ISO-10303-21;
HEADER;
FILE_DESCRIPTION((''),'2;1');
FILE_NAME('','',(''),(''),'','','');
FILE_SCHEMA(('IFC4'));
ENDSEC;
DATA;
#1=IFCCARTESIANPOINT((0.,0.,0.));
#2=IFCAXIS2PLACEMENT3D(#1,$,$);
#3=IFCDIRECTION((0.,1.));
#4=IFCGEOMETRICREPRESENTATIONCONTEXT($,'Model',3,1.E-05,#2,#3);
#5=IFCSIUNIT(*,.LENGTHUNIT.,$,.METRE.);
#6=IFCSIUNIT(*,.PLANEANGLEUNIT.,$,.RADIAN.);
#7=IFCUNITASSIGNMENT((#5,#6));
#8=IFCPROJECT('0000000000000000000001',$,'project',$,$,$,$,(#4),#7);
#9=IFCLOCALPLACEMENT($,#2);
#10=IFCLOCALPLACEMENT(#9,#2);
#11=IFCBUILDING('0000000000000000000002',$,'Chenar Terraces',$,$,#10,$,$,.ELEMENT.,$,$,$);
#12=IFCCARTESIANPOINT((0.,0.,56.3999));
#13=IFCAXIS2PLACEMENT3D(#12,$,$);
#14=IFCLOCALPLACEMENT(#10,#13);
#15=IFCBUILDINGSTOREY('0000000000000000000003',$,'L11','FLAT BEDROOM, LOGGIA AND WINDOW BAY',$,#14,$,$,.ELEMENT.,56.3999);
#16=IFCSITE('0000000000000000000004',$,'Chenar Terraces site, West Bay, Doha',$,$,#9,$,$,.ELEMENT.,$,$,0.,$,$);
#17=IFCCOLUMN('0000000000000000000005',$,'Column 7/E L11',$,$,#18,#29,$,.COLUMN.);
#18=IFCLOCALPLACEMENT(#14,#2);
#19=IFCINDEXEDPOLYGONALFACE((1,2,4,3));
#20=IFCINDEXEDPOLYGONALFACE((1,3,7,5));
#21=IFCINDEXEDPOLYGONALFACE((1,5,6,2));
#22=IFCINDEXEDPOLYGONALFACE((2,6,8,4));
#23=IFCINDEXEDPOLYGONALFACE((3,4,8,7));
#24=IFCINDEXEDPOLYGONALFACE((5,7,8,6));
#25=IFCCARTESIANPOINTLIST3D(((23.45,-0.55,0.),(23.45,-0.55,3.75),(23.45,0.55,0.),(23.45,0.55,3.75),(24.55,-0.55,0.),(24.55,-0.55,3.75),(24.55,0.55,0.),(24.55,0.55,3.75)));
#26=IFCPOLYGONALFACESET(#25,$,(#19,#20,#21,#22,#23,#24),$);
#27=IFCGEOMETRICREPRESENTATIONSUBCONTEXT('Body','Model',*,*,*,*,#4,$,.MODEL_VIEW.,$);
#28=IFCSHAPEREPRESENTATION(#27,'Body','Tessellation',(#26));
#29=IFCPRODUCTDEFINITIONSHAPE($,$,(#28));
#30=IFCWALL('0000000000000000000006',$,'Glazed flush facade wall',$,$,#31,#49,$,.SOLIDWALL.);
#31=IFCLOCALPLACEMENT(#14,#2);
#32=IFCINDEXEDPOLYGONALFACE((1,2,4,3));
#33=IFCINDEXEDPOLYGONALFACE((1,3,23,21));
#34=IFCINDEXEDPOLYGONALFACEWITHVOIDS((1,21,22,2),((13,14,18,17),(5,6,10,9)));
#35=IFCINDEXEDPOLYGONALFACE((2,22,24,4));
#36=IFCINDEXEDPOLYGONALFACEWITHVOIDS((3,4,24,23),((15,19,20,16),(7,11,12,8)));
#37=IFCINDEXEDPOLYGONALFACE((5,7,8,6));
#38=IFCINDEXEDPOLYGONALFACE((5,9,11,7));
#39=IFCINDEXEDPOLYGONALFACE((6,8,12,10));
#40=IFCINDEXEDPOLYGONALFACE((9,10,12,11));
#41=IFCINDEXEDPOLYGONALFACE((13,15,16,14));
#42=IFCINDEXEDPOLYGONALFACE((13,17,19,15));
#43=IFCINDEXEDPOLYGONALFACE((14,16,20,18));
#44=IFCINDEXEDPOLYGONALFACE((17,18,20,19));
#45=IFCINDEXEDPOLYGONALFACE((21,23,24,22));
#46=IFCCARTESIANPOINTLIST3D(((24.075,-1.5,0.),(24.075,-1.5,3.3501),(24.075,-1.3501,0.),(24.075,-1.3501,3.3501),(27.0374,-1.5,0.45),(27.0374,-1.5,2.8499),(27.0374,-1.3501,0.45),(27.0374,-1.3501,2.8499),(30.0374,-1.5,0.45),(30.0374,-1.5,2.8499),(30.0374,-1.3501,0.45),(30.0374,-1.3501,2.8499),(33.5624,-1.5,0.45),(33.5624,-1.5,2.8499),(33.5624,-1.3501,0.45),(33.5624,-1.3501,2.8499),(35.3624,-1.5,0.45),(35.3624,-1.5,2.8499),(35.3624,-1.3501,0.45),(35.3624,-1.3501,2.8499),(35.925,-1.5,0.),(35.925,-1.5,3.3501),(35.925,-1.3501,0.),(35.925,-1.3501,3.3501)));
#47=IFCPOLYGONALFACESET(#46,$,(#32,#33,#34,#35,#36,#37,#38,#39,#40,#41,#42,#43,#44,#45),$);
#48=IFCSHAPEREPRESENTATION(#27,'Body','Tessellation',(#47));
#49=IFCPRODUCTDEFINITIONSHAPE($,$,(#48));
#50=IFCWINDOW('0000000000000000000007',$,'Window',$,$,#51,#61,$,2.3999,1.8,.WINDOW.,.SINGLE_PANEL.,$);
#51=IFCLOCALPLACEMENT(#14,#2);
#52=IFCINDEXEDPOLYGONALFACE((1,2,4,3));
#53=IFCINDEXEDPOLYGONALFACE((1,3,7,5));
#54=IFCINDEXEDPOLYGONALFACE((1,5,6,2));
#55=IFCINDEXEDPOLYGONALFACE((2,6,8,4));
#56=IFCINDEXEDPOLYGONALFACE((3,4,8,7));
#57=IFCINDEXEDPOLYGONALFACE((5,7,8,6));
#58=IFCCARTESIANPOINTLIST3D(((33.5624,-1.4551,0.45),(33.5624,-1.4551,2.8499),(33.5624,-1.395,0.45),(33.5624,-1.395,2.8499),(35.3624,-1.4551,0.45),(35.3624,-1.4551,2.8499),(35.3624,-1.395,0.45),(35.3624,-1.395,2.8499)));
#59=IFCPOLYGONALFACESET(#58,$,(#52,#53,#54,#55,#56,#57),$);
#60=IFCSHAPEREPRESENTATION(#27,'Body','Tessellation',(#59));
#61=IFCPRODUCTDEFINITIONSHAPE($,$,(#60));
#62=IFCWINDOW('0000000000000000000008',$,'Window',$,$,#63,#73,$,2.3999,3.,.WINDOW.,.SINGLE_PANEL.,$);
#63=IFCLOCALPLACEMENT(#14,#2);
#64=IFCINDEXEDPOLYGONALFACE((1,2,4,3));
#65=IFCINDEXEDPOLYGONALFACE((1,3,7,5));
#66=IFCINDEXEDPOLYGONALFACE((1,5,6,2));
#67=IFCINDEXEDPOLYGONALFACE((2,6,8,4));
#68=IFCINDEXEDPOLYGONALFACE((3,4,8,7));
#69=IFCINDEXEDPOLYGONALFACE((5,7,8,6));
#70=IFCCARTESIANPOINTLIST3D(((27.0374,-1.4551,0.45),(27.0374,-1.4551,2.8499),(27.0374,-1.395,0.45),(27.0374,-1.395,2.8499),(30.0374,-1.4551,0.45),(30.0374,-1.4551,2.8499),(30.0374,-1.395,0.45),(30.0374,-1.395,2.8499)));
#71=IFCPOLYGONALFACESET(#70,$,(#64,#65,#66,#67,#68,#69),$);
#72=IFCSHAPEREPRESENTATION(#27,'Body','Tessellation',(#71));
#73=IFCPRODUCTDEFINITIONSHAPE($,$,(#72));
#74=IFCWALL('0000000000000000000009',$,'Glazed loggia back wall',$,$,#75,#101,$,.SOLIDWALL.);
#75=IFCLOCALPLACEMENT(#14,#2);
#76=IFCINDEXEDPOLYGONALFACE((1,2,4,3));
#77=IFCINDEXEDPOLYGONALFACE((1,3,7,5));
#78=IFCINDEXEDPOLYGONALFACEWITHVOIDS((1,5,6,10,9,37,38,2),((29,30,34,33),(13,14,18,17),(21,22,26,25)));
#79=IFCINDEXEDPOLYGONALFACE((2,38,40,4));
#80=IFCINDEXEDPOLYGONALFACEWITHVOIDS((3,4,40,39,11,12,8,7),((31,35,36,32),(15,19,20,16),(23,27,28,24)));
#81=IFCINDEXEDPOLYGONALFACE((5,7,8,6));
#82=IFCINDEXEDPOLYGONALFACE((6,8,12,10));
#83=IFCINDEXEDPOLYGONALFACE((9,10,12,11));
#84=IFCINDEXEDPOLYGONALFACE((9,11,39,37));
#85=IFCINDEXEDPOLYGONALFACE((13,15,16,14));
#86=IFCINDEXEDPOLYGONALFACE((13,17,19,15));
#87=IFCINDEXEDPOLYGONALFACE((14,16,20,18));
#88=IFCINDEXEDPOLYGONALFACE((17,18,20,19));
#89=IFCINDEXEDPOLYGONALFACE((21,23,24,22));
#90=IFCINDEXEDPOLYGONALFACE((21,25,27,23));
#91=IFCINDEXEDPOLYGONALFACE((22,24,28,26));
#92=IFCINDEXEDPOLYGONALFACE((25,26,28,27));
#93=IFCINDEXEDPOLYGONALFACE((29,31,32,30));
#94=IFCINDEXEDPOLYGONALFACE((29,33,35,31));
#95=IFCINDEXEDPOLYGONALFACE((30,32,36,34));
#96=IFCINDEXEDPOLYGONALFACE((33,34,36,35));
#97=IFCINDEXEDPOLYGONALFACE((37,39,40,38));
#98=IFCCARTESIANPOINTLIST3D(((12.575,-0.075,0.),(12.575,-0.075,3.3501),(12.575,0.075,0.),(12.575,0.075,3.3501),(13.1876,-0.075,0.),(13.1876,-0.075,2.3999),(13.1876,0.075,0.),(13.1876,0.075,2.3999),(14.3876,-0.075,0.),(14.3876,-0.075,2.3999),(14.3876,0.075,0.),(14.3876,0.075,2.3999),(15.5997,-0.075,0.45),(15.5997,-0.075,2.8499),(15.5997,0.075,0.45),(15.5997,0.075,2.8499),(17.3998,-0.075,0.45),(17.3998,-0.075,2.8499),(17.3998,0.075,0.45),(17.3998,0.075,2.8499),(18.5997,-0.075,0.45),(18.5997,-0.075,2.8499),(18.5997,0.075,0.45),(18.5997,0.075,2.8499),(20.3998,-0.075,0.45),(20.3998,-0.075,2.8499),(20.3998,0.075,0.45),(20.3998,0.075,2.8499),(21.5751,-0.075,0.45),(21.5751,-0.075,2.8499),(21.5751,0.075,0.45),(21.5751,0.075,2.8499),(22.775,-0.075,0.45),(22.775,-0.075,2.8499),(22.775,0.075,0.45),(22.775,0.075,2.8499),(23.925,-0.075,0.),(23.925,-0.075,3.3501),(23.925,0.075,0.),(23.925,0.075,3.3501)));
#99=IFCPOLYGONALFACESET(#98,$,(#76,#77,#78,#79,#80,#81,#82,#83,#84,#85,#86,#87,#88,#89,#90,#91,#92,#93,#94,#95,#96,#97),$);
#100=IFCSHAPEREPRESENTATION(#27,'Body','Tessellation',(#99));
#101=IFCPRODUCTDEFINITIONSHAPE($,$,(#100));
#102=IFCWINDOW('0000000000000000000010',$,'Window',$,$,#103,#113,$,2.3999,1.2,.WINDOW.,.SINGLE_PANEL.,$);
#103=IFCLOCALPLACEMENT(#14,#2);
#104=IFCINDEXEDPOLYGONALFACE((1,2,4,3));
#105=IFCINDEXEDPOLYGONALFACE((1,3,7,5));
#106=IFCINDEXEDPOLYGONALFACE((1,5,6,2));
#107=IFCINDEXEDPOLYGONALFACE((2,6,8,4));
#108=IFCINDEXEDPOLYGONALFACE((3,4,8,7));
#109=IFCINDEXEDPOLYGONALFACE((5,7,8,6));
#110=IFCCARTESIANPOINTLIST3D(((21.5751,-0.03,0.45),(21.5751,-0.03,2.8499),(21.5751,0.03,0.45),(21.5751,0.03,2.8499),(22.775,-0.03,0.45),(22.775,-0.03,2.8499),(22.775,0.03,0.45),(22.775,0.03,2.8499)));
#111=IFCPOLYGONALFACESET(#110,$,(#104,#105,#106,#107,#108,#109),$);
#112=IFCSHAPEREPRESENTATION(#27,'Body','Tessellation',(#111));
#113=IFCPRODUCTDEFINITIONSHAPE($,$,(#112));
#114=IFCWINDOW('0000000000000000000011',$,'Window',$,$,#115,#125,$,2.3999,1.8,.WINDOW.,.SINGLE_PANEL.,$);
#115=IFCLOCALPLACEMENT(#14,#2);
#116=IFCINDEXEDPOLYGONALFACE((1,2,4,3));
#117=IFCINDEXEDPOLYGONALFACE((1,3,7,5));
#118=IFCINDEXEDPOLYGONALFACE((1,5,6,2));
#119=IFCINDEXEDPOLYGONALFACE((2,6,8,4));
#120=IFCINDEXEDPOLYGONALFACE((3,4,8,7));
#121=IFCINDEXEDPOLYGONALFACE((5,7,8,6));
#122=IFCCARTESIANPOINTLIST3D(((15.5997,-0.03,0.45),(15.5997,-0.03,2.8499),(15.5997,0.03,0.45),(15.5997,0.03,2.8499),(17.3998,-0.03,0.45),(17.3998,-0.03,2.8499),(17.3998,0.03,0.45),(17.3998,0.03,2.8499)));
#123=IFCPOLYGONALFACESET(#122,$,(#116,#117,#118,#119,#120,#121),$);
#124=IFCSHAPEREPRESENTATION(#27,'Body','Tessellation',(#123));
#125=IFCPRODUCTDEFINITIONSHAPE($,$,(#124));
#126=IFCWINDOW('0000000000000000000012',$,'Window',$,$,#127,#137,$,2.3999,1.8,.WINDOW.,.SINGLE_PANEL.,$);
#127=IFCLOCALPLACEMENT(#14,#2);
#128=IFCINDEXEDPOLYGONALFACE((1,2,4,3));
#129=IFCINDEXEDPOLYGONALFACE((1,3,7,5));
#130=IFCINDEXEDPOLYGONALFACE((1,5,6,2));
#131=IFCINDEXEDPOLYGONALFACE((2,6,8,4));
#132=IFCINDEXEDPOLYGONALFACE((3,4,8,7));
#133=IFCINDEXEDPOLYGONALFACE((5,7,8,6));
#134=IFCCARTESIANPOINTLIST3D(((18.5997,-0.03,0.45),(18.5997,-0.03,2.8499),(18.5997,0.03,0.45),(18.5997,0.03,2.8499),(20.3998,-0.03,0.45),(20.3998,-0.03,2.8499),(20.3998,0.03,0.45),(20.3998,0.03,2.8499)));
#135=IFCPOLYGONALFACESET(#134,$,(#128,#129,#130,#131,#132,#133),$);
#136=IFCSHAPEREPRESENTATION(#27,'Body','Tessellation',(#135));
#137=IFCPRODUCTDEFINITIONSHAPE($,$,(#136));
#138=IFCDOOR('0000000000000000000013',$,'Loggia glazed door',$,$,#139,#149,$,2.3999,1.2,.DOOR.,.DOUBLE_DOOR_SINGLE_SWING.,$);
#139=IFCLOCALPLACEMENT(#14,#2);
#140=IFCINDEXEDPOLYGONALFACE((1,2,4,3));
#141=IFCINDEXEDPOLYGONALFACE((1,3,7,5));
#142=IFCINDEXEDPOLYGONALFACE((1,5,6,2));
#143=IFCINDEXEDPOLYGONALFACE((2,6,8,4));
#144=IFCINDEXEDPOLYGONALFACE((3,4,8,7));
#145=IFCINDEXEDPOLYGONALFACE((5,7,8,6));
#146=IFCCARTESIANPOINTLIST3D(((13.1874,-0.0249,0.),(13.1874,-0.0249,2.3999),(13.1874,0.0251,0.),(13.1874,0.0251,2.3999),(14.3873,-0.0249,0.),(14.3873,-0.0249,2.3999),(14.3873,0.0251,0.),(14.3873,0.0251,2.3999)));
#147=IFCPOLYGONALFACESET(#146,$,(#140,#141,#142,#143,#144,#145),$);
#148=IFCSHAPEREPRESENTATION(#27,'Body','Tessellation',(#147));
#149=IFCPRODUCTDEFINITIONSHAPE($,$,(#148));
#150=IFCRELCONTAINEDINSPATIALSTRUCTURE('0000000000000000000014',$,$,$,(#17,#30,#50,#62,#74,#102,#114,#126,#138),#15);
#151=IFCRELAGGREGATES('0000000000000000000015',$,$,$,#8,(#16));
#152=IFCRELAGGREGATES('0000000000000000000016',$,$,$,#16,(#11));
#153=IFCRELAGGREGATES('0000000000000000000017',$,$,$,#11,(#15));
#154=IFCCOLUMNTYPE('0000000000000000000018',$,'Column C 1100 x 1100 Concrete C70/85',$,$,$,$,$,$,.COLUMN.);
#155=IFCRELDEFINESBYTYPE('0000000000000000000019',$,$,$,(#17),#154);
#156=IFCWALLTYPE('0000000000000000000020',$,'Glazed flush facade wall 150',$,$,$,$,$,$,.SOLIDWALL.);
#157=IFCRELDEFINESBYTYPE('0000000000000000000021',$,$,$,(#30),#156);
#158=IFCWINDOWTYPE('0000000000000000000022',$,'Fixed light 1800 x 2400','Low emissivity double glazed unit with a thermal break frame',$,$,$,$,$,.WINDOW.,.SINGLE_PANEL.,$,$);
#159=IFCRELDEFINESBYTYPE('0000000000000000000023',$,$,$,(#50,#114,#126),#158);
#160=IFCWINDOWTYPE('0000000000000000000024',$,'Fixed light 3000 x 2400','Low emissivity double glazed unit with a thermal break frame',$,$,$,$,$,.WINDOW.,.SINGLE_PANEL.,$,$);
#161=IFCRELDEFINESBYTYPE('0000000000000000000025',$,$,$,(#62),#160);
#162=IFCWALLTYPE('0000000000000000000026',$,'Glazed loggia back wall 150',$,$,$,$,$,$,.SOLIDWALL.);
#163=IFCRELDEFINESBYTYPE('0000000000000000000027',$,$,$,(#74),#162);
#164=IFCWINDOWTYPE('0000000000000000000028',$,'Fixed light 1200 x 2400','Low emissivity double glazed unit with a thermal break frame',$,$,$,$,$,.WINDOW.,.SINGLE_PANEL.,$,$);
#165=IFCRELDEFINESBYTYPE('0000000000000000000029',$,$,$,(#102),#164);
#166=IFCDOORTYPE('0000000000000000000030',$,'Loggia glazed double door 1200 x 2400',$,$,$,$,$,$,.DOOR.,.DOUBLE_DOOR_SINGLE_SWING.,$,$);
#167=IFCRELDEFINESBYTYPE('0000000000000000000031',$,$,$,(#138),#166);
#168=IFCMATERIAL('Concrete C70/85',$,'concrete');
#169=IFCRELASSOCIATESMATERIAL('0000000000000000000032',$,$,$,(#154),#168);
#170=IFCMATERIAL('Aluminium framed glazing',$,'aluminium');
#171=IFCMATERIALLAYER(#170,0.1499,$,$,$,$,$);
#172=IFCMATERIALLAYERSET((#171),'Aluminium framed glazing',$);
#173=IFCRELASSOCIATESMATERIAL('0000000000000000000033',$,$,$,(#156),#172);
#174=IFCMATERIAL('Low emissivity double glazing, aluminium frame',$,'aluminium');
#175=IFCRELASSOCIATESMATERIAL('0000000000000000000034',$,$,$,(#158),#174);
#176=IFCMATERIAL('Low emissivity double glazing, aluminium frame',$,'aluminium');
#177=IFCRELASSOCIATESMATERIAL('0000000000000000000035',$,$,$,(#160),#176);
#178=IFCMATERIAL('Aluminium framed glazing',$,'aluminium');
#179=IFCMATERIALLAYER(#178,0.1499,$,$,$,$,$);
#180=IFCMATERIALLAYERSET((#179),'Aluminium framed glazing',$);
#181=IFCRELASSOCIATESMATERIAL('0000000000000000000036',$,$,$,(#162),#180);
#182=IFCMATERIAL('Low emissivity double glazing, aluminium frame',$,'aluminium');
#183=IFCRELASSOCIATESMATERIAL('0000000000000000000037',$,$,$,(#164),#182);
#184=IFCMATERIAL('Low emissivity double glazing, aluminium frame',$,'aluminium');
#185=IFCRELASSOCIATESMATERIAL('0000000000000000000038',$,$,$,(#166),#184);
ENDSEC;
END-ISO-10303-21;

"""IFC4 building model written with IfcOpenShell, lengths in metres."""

from ifc_helpers import new_model, si_unit, direction, frame, frame_2d, origin, origin_2d, place, context, subcontext, project, spatial, rectangle, extrude, material, layer, layer_set, material_profile, profile_set, type_object, element, fill, save


model = new_model("IFC4")

# Units and contexts
model_context = context("Model", 3, precision=1e-05, world=origin(), true_north=direction((0.0, 1.0)))
body_context = subcontext(model_context, "Body", "Model", "MODEL_VIEW")
ifc_project = project(units=[si_unit("LENGTHUNIT", "METRE"), si_unit("PLANEANGLEUNIT", "RADIAN")], contexts=[model_context])

# Site, building, storey
site_placement = place(None, origin())
site = spatial("IfcSite", under=ifc_project, at=site_placement, Name="Chenar Terraces site, West Bay, Doha", CompositionType="ELEMENT", RefElevation=0.0)
building_placement = place(site_placement, origin())
building = spatial("IfcBuilding", under=site, at=building_placement, Name="Chenar Terraces", CompositionType="ELEMENT")
storey_placement = place(building_placement, frame((0.0, 0.0, 56.3999)))
storey = spatial("IfcBuildingStorey", under=building, at=storey_placement, Name="L11", Description="FLAT BEDROOM, LOGGIA AND WINDOW BAY", CompositionType="ELEMENT", Elevation=56.3999)

# Column
ifc_material_1 = material(Name="Concrete C70/85", Category="concrete")
ifc_material_profile_1 = material_profile(ifc_material_1, rectangle(XDim=1.1001, YDim=1.1001, at=origin_2d()), Name="C 1100 x 1100")
ifc_profile_set_1 = profile_set([ifc_material_profile_1], Name="Concrete C70/85")
column_type = type_object("IfcColumnType", Name="Column C 1100 x 1100 Concrete C70/85", PredefinedType="COLUMN", material=ifc_profile_set_1)
column_placement = place(storey_placement, frame((24.0, 0.0, 0.0), z_axis=(0.0, 0.0, 1.0), x_axis=(1.0, 0.0, 0.0)))
element("IfcColumn", 1, at=column_placement, inside=storey, type_object=column_type, Name="Column 7/E L11", PredefinedType="COLUMN", context=body_context, shape_type="SweptSolid", body=[
    extrude(rectangle(XDim=1.1001, YDim=1.1001, at=origin_2d()), origin(), (0.0, 0.0, 1.0), 3.75),
])

# Wall, openings, windows
ifc_material_2 = material(Name="Aluminium framed glazing", Category="aluminium")
ifc_layer_1 = layer(ifc_material_2, 0.1499)
ifc_layer_set_1 = layer_set([ifc_layer_1], Name="Aluminium framed glazing")
wall_type_1 = type_object("IfcWallType", Name="Glazed flush facade wall 150", PredefinedType="SOLIDWALL", material=ifc_layer_set_1)
wall_1_placement = place(storey_placement, frame((24.075, -1.425, 0.0), z_axis=(0.0, 0.0, 1.0), x_axis=(1.0, 0.0, 0.0)))
wall_1 = element("IfcWall", 2, at=wall_1_placement, inside=storey, type_object=wall_type_1, Name="Glazed flush facade wall", PredefinedType="SOLIDWALL", context=body_context, shape_type="SweptSolid", body=[
    extrude(rectangle(XDim=11.8501, YDim=0.1499, at=frame_2d((5.925, 0.0))), origin(), (0.0, 0.0, 1.0), 3.3501),
])
opening_1_placement = place(wall_1_placement, frame((2.9624, 0.0, 0.45)))
opening_1 = element("IfcOpeningElement", 3, at=opening_1_placement, cuts=wall_1, PredefinedType="OPENING", context=body_context, shape_type="SweptSolid", body=[
    extrude(rectangle(XDim=3.0, YDim=2.3999, at=frame_2d((1.5, 1.2))), frame((0.0, 0.085, 0.0), z_axis=(0.0, -1.0, 0.0), x_axis=(1.0, 0.0, 0.0)), (0.0, 0.0, 1.0), 0.1699),
])
opening_2_placement = place(wall_1_placement, frame((9.4875, 0.0, 0.45)))
opening_2 = element("IfcOpeningElement", 4, at=opening_2_placement, cuts=wall_1, PredefinedType="OPENING", context=body_context, shape_type="SweptSolid", body=[
    extrude(rectangle(XDim=1.8, YDim=2.3999, at=frame_2d((0.8999, 1.2))), frame((0.0, 0.085, 0.0), z_axis=(0.0, -1.0, 0.0), x_axis=(1.0, 0.0, 0.0)), (0.0, 0.0, 1.0), 0.1699),
])
ifc_material_3 = material(Name="Low emissivity double glazing, aluminium frame", Category="aluminium")
window_type_1 = type_object("IfcWindowType", Name="Fixed light 1800 x 2400", Description="Low emissivity double glazed unit with a thermal break frame", PartitioningType="SINGLE_PANEL", PredefinedType="WINDOW", material=ifc_material_3)
window_1_placement = place(opening_2_placement, origin())
window_1 = element("IfcWindow", 5, at=window_1_placement, inside=storey, type_object=window_type_1, Name="Window", OverallHeight=2.3999, OverallWidth=1.8, PartitioningType="SINGLE_PANEL", PredefinedType="WINDOW", context=body_context, shape_type="SweptSolid", body=[
    extrude(rectangle(XDim=1.8, YDim=2.3999, at=frame_2d((0.8999, 1.2))), frame((0.0, 0.03, 0.0), z_axis=(0.0, -1.0, 0.0), x_axis=(1.0, 0.0, 0.0)), (0.0, 0.0, 1.0), 0.0601),
])
fill(opening_2, window_1)
ifc_material_4 = material(Name="Low emissivity double glazing, aluminium frame", Category="aluminium")
window_type_2 = type_object("IfcWindowType", Name="Fixed light 3000 x 2400", Description="Low emissivity double glazed unit with a thermal break frame", PartitioningType="SINGLE_PANEL", PredefinedType="WINDOW", material=ifc_material_4)
window_2_placement = place(opening_1_placement, origin())
window_2 = element("IfcWindow", 6, at=window_2_placement, inside=storey, type_object=window_type_2, Name="Window", OverallHeight=2.3999, OverallWidth=3.0, PartitioningType="SINGLE_PANEL", PredefinedType="WINDOW", context=body_context, shape_type="SweptSolid", body=[
    extrude(rectangle(XDim=3.0, YDim=2.3999, at=frame_2d((1.5, 1.2))), frame((0.0, 0.03, 0.0), z_axis=(0.0, -1.0, 0.0), x_axis=(1.0, 0.0, 0.0)), (0.0, 0.0, 1.0), 0.0601),
])
fill(opening_1, window_2)

# Wall, openings, windows, door
ifc_material_5 = material(Name="Aluminium framed glazing", Category="aluminium")
ifc_layer_2 = layer(ifc_material_5, 0.1499)
ifc_layer_set_2 = layer_set([ifc_layer_2], Name="Aluminium framed glazing")
wall_type_2 = type_object("IfcWallType", Name="Glazed loggia back wall 150", PredefinedType="SOLIDWALL", material=ifc_layer_set_2)
wall_2_placement = place(storey_placement, frame((12.575, 0.0, 0.0), z_axis=(0.0, 0.0, 1.0), x_axis=(1.0, 0.0, 0.0)))
wall_2 = element("IfcWall", 7, at=wall_2_placement, inside=storey, type_object=wall_type_2, Name="Glazed loggia back wall", PredefinedType="SOLIDWALL", context=body_context, shape_type="SweptSolid", body=[
    extrude(rectangle(XDim=11.3501, YDim=0.1499, at=frame_2d((5.675, 0.0))), origin(), (0.0, 0.0, 1.0), 3.3501),
])
opening_3_placement = place(wall_2_placement, frame((0.6125, 0.0, 0.0)))
opening_3 = element("IfcOpeningElement", 8, at=opening_3_placement, cuts=wall_2, PredefinedType="OPENING", context=body_context, shape_type="SweptSolid", body=[
    extrude(rectangle(XDim=1.2, YDim=2.3999, at=frame_2d((0.6001, 1.2))), frame((0.0, 0.085, 0.0), z_axis=(0.0, -1.0, 0.0), x_axis=(1.0, 0.0, 0.0)), (0.0, 0.0, 1.0), 0.1699),
])
opening_4_placement = place(wall_2_placement, frame((3.0249, 0.0, 0.45)))
opening_4 = element("IfcOpeningElement", 9, at=opening_4_placement, cuts=wall_2, PredefinedType="OPENING", context=body_context, shape_type="SweptSolid", body=[
    extrude(rectangle(XDim=1.8, YDim=2.3999, at=frame_2d((0.8999, 1.2))), frame((0.0, 0.085, 0.0), z_axis=(0.0, -1.0, 0.0), x_axis=(1.0, 0.0, 0.0)), (0.0, 0.0, 1.0), 0.1699),
])
opening_5_placement = place(wall_2_placement, frame((6.0249, 0.0, 0.45)))
opening_5 = element("IfcOpeningElement", 10, at=opening_5_placement, cuts=wall_2, PredefinedType="OPENING", context=body_context, shape_type="SweptSolid", body=[
    extrude(rectangle(XDim=1.8, YDim=2.3999, at=frame_2d((0.8999, 1.2))), frame((0.0, 0.085, 0.0), z_axis=(0.0, -1.0, 0.0), x_axis=(1.0, 0.0, 0.0)), (0.0, 0.0, 1.0), 0.1699),
])
opening_6_placement = place(wall_2_placement, frame((9.0, 0.0, 0.45)))
opening_6 = element("IfcOpeningElement", 11, at=opening_6_placement, cuts=wall_2, PredefinedType="OPENING", context=body_context, shape_type="SweptSolid", body=[
    extrude(rectangle(XDim=1.2, YDim=2.3999, at=frame_2d((0.6001, 1.2))), frame((0.0, 0.085, 0.0), z_axis=(0.0, -1.0, 0.0), x_axis=(1.0, 0.0, 0.0)), (0.0, 0.0, 1.0), 0.1699),
])
ifc_material_6 = material(Name="Low emissivity double glazing, aluminium frame", Category="aluminium")
window_type_3 = type_object("IfcWindowType", Name="Fixed light 1200 x 2400", Description="Low emissivity double glazed unit with a thermal break frame", PartitioningType="SINGLE_PANEL", PredefinedType="WINDOW", material=ifc_material_6)
window_3_placement = place(opening_6_placement, origin())
window_3 = element("IfcWindow", 12, at=window_3_placement, inside=storey, type_object=window_type_3, Name="Window", OverallHeight=2.3999, OverallWidth=1.2, PartitioningType="SINGLE_PANEL", PredefinedType="WINDOW", context=body_context, shape_type="SweptSolid", body=[
    extrude(rectangle(XDim=1.2, YDim=2.3999, at=frame_2d((0.6001, 1.2))), frame((0.0, 0.03, 0.0), z_axis=(0.0, -1.0, 0.0), x_axis=(1.0, 0.0, 0.0)), (0.0, 0.0, 1.0), 0.0601),
])
fill(opening_6, window_3)
window_4_placement = place(opening_4_placement, origin())
window_4 = element("IfcWindow", 13, at=window_4_placement, inside=storey, type_object=window_type_1, Name="Window", OverallHeight=2.3999, OverallWidth=1.8, PartitioningType="SINGLE_PANEL", PredefinedType="WINDOW", context=body_context, shape_type="SweptSolid", body=[
    extrude(rectangle(XDim=1.8, YDim=2.3999, at=frame_2d((0.8999, 1.2))), frame((0.0, 0.03, 0.0), z_axis=(0.0, -1.0, 0.0), x_axis=(1.0, 0.0, 0.0)), (0.0, 0.0, 1.0), 0.0601),
])
fill(opening_4, window_4)
window_5_placement = place(opening_5_placement, origin())
window_5 = element("IfcWindow", 14, at=window_5_placement, inside=storey, type_object=window_type_1, Name="Window", OverallHeight=2.3999, OverallWidth=1.8, PartitioningType="SINGLE_PANEL", PredefinedType="WINDOW", context=body_context, shape_type="SweptSolid", body=[
    extrude(rectangle(XDim=1.8, YDim=2.3999, at=frame_2d((0.8999, 1.2))), frame((0.0, 0.03, 0.0), z_axis=(0.0, -1.0, 0.0), x_axis=(1.0, 0.0, 0.0)), (0.0, 0.0, 1.0), 0.0601),
])
fill(opening_5, window_5)
ifc_material_7 = material(Name="Low emissivity double glazing, aluminium frame", Category="aluminium")
door_type = type_object("IfcDoorType", Name="Loggia glazed double door 1200 x 2400", OperationType="DOUBLE_DOOR_SINGLE_SWING", PredefinedType="DOOR", material=ifc_material_7)
door_placement = place(opening_3_placement, frame((1.2, 0.0, 0.0), z_axis=(0.0, 0.0, 1.0), x_axis=(-1.0, 0.0, 0.0)))
door = element("IfcDoor", 15, at=door_placement, inside=storey, type_object=door_type, Name="Loggia glazed door", OperationType="DOUBLE_DOOR_SINGLE_SWING", OverallHeight=2.3999, OverallWidth=1.2, PredefinedType="DOOR", context=body_context, shape_type="SweptSolid", body=[
    extrude(rectangle(XDim=1.2, YDim=2.3999, at=frame_2d((0.6001, 1.2))), frame((0.0, 0.0249, 0.0), z_axis=(0.0, -1.0, 0.0), x_axis=(1.0, 0.0, 0.0)), (0.0, 0.0, 1.0), 0.05),
])
fill(opening_3, door)

save(model, "model.ifc")
